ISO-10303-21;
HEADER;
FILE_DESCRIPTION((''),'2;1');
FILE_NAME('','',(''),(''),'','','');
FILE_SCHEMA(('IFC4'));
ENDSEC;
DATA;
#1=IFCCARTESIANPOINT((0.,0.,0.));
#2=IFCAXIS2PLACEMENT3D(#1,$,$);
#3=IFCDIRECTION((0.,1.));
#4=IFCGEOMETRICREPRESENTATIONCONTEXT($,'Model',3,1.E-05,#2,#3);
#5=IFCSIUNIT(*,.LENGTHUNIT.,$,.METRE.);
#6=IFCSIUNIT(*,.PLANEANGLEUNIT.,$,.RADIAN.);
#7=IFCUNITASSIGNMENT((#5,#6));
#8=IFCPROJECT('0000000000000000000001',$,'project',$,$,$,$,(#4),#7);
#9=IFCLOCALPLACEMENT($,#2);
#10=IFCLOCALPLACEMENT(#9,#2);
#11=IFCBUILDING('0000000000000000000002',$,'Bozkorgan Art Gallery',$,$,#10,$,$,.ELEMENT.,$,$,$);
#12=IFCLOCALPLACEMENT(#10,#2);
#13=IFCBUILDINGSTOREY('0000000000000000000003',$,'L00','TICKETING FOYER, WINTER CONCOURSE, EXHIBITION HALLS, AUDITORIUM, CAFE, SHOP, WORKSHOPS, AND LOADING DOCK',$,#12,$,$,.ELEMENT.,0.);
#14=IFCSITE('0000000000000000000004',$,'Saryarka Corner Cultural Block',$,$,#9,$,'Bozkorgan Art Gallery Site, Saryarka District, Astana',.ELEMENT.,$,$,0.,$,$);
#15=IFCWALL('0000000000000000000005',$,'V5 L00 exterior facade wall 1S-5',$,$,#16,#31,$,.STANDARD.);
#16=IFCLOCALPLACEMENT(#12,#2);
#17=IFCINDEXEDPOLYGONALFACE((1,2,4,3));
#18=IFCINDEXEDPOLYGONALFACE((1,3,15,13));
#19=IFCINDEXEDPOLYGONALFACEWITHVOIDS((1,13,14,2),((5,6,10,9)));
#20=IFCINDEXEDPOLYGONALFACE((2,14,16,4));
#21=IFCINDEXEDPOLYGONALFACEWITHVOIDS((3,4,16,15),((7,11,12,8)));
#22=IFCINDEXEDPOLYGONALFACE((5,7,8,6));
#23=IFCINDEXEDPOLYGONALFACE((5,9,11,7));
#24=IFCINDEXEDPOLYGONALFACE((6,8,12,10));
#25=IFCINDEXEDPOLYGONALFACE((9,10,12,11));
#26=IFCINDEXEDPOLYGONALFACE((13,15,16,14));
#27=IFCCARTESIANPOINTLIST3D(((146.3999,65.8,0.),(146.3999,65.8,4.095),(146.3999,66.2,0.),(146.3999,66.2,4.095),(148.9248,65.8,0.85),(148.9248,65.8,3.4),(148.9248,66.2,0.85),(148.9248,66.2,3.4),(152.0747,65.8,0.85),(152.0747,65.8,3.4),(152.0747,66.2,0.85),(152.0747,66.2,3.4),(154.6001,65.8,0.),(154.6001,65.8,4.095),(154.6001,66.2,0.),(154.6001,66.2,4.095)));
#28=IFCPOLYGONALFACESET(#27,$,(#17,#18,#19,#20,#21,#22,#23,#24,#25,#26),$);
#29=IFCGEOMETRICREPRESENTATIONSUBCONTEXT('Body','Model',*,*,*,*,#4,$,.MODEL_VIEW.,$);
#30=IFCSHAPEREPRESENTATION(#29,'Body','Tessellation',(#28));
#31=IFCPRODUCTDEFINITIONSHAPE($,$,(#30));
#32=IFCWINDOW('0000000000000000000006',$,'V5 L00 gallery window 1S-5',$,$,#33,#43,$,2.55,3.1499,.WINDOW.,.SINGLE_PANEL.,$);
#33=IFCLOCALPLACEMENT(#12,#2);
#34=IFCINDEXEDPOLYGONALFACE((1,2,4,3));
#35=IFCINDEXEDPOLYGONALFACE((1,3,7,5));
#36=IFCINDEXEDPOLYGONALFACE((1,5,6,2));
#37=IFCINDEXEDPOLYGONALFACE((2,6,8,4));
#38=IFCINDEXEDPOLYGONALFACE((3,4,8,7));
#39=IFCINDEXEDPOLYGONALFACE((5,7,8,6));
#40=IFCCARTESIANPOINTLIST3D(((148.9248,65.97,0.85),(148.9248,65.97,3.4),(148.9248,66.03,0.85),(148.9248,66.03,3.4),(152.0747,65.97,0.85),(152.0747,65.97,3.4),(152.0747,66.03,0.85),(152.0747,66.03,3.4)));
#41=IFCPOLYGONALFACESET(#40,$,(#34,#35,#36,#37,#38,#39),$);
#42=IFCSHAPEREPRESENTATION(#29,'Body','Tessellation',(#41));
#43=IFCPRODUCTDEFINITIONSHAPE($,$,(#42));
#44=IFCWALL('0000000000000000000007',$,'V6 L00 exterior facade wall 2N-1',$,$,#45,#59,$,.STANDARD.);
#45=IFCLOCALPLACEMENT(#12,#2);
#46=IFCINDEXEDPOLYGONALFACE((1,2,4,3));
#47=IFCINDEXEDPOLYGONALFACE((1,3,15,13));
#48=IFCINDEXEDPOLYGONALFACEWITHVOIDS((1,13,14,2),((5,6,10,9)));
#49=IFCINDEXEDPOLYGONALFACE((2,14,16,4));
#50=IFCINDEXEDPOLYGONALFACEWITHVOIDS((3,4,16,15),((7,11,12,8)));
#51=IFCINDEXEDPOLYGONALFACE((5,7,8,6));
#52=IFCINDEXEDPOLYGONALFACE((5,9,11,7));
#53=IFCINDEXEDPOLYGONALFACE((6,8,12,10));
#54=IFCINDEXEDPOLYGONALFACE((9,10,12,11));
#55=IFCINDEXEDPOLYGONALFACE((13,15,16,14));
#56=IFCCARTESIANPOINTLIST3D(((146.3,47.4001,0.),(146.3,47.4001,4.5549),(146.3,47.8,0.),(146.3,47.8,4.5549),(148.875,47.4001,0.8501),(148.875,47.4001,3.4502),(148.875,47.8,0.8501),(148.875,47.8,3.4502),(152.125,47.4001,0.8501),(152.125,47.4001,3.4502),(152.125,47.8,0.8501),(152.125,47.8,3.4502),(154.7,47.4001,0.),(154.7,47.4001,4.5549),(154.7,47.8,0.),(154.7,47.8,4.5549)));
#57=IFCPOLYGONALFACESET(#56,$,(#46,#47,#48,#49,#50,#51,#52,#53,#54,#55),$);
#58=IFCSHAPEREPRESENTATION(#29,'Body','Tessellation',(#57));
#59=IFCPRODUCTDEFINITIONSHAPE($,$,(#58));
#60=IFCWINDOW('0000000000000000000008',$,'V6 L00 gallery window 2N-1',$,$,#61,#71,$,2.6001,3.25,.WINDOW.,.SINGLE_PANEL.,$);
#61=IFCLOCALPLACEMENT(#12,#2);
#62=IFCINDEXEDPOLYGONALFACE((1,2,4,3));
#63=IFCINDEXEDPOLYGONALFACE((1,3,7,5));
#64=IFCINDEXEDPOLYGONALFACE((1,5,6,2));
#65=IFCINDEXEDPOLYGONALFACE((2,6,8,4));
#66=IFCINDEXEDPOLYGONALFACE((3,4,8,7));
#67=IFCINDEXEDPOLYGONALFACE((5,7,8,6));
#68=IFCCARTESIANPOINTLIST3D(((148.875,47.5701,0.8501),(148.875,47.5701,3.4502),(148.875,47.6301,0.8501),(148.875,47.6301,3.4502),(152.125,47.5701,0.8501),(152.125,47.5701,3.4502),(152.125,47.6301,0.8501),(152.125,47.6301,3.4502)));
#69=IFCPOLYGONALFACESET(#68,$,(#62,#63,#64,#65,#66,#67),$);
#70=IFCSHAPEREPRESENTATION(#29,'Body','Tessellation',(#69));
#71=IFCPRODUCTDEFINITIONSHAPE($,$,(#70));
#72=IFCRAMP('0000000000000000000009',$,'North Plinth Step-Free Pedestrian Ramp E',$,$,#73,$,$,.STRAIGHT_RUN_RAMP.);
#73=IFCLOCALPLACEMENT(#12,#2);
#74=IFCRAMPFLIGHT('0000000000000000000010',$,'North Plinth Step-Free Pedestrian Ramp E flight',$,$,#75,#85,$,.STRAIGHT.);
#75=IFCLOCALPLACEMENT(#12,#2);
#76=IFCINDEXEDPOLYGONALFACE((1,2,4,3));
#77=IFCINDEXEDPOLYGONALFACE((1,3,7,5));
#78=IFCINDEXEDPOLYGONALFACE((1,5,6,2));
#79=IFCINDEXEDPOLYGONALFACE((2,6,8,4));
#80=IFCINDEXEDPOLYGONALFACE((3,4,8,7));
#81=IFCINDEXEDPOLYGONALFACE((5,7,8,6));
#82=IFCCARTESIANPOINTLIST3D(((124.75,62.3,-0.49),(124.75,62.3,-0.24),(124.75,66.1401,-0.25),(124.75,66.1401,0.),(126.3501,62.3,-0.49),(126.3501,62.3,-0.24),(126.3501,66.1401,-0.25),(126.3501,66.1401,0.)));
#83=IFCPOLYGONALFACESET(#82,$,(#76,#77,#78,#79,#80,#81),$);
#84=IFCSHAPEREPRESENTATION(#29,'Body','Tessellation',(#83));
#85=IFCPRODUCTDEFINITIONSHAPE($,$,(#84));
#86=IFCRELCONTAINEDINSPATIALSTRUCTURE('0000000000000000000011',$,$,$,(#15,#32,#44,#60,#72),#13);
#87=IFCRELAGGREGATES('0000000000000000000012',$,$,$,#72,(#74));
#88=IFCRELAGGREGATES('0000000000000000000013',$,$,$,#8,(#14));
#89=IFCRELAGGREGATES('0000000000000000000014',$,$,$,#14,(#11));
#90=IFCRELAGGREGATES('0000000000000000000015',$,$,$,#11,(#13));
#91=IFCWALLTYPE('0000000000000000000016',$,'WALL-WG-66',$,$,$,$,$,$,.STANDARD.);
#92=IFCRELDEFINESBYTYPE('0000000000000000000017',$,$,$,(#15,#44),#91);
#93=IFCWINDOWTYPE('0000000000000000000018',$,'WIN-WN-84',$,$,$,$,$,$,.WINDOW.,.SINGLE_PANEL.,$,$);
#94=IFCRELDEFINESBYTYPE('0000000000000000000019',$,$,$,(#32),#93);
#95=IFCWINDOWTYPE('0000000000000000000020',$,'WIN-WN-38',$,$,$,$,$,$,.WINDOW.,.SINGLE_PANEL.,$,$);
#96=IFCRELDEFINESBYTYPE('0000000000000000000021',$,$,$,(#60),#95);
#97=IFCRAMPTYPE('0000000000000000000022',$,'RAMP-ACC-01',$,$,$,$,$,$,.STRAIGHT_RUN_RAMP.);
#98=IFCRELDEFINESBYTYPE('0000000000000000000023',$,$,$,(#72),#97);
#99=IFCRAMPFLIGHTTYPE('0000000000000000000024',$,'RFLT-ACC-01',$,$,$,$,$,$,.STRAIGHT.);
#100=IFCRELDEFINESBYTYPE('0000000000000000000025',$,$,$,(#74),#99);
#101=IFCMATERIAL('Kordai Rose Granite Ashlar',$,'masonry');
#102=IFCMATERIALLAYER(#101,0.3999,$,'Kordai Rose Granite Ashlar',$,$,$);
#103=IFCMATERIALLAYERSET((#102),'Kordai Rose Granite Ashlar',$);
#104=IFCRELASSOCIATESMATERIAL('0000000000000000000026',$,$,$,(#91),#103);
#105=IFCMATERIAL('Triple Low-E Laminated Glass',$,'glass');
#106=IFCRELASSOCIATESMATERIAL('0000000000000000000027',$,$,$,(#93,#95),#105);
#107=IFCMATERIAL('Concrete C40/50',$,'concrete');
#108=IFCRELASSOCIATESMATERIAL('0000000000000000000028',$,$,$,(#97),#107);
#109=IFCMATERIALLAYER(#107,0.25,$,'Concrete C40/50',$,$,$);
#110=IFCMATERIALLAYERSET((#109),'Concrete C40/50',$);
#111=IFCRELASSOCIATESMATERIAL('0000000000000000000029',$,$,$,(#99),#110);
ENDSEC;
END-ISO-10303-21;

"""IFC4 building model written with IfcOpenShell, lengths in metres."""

from ifc_helpers import new_model, si_unit, direction, frame, frame_2d, origin, place, context, subcontext, project, spatial, polyline, rectangle, outline, extrude, material, layer, layer_set, type_object, element, fill, aggregate, save


model = new_model("IFC4")

# Units and contexts
model_context = context("Model", 3, precision=1e-05, world=origin(), true_north=direction((0.0, 1.0)))
body_context = subcontext(model_context, "Body", "Model", "MODEL_VIEW")
ifc_project = project(units=[si_unit("LENGTHUNIT", "METRE"), si_unit("PLANEANGLEUNIT", "RADIAN")], contexts=[model_context])

# Site, building, storey
site_placement = place(None, origin())
site = spatial("IfcSite", under=ifc_project, at=site_placement, Name="Saryarka Corner Cultural Block", LongName="Bozkorgan Art Gallery Site, Saryarka District, Astana", CompositionType="ELEMENT", RefElevation=0.0)
building_placement = place(site_placement, origin())
building = spatial("IfcBuilding", under=site, at=building_placement, Name="Bozkorgan Art Gallery", CompositionType="ELEMENT")
storey_placement = place(building_placement, origin())
storey = spatial("IfcBuildingStorey", under=building, at=storey_placement, Name="L00", Description="TICKETING FOYER, WINTER CONCOURSE, EXHIBITION HALLS, AUDITORIUM, CAFE, SHOP, WORKSHOPS, AND LOADING DOCK", CompositionType="ELEMENT", Elevation=0.0)

# Shared definitions
ifc_material_1 = material(Name="Concrete C40/50", Category="concrete")

# Walls, openings, windows
ifc_material_2 = material(Name="Kordai Rose Granite Ashlar", Category="masonry")
ifc_layer_1 = layer(ifc_material_2, 0.3999, Name="Kordai Rose Granite Ashlar")
ifc_layer_set_1 = layer_set([ifc_layer_1], Name="Kordai Rose Granite Ashlar")
wall_type = type_object("IfcWallType", Name="WALL-WG-66", PredefinedType="STANDARD", material=ifc_layer_set_1)
ifc_material_3 = material(Name="Triple Low-E Laminated Glass", Category="glass")
wall_1_placement = place(storey_placement, frame((146.3999, 66.0, 0.0), z_axis=(0.0, 0.0, 1.0), x_axis=(1.0, 0.0, 0.0)))
wall_1 = element("IfcWall", 1, at=wall_1_placement, inside=storey, type_object=wall_type, Name="V5 L00 exterior facade wall 1S-5", PredefinedType="STANDARD", context=body_context, shape_type="SweptSolid", body=[
    extrude(rectangle(XDim=8.2002, YDim=0.3999, at=frame_2d((4.1001, 0.0))), origin(), (0.0, 0.0, 1.0), 4.095),
])
opening_1_placement = place(wall_1_placement, frame((5.6748, 0.0, 0.8501), z_axis=(0.0, 0.0, 1.0), x_axis=(-1.0, 0.0, 0.0)))
opening_1 = element("IfcOpeningElement", 2, at=opening_1_placement, cuts=wall_1, PredefinedType="OPENING", context=body_context, shape_type="SweptSolid", body=[
    extrude(rectangle(XDim=3.1499, YDim=2.55, at=frame_2d((1.575, 1.2749))), frame((0.0, 0.21, 0.0), z_axis=(0.0, -1.0, 0.0), x_axis=(1.0, 0.0, 0.0)), (0.0, 0.0, 1.0), 0.4199),
])
window_type_1 = type_object("IfcWindowType", Name="WIN-WN-84", PartitioningType="SINGLE_PANEL", PredefinedType="WINDOW", material=ifc_material_3)
window_1_placement = place(opening_1_placement, origin())
window_1 = element("IfcWindow", 3, at=window_1_placement, inside=storey, type_object=window_type_1, Name="V5 L00 gallery window 1S-5", OverallHeight=2.55, OverallWidth=3.1499, PartitioningType="SINGLE_PANEL", PredefinedType="WINDOW", context=body_context, shape_type="SweptSolid", body=[
    extrude(rectangle(XDim=3.1499, YDim=2.55, at=frame_2d((1.575, 1.2749))), frame((0.0, 0.03, 0.0), z_axis=(0.0, -1.0, 0.0), x_axis=(1.0, 0.0, 0.0)), (0.0, 0.0, 1.0), 0.0601),
])
fill(opening_1, window_1)
wall_2_placement = place(storey_placement, frame((146.3, 47.6001, 0.0), z_axis=(0.0, 0.0, 1.0), x_axis=(1.0, 0.0, 0.0)))
wall_2 = element("IfcWall", 4, at=wall_2_placement, inside=storey, type_object=wall_type, Name="V6 L00 exterior facade wall 2N-1", PredefinedType="STANDARD", context=body_context, shape_type="SweptSolid", body=[
    extrude(rectangle(XDim=8.3999, YDim=0.3999, at=frame_2d((4.2, 0.0))), origin(), (0.0, 0.0, 1.0), 4.5549),
])
opening_2_placement = place(wall_2_placement, frame((2.575, 0.0, 0.8501)))
opening_2 = element("IfcOpeningElement", 5, at=opening_2_placement, cuts=wall_2, PredefinedType="OPENING", context=body_context, shape_type="SweptSolid", body=[
    extrude(rectangle(XDim=3.25, YDim=2.6001, at=frame_2d((1.625, 1.3))), frame((0.0, 0.21, 0.0), z_axis=(0.0, -1.0, 0.0), x_axis=(1.0, 0.0, 0.0)), (0.0, 0.0, 1.0), 0.4199),
])
window_type_2 = type_object("IfcWindowType", Name="WIN-WN-38", PartitioningType="SINGLE_PANEL", PredefinedType="WINDOW", material=ifc_material_3)
window_2_placement = place(opening_2_placement, origin())
window_2 = element("IfcWindow", 6, at=window_2_placement, inside=storey, type_object=window_type_2, Name="V6 L00 gallery window 2N-1", OverallHeight=2.6001, OverallWidth=3.25, PartitioningType="SINGLE_PANEL", PredefinedType="WINDOW", context=body_context, shape_type="SweptSolid", body=[
    extrude(rectangle(XDim=3.25, YDim=2.6001, at=frame_2d((1.625, 1.3))), frame((0.0, 0.03, 0.0), z_axis=(0.0, -1.0, 0.0), x_axis=(1.0, 0.0, 0.0)), (0.0, 0.0, 1.0), 0.0601),
])
fill(opening_2, window_2)

# Ramp, ramp flight
ramp_type = type_object("IfcRampType", Name="RAMP-ACC-01", PredefinedType="STRAIGHT_RUN_RAMP", material=ifc_material_1)
ramp_placement = place(storey_placement, origin())
ramp = element("IfcRamp", 7, at=ramp_placement, inside=storey, type_object=ramp_type, Name="North Plinth Step-Free Pedestrian Ramp E", PredefinedType="STRAIGHT_RUN_RAMP")
ifc_layer_2 = layer(ifc_material_1, 0.25, Name="Concrete C40/50")
ifc_layer_set_2 = layer_set([ifc_layer_2], Name="Concrete C40/50")
ramp_flight_type = type_object("IfcRampFlightType", Name="RFLT-ACC-01", PredefinedType="STRAIGHT", material=ifc_layer_set_2)
ramp_flight_placement = place(storey_placement, frame((125.55, 62.3, -0.24), z_axis=(0.0, 0.0, 1.0), x_axis=(0.0, 1.0, 0.0)))
ramp_flight = element("IfcRampFlight", 8, at=ramp_flight_placement, type_object=ramp_flight_type, Name="North Plinth Step-Free Pedestrian Ramp E flight", PredefinedType="STRAIGHT", context=body_context, shape_type="SweptSolid", body=[
    extrude(outline(polyline([(0.0, 0.0), (3.8401, 0.24), (3.8401, -0.01), (0.0, -0.25), (0.0, 0.0)])), frame((0.0, 0.8, 0.0), z_axis=(0.0, -1.0, 0.0), x_axis=(1.0, 0.0, 0.0)), (0.0, 0.0, 1.0), 1.6001),
])
aggregate(ramp, [ramp_flight])

save(model, "model.ifc")
